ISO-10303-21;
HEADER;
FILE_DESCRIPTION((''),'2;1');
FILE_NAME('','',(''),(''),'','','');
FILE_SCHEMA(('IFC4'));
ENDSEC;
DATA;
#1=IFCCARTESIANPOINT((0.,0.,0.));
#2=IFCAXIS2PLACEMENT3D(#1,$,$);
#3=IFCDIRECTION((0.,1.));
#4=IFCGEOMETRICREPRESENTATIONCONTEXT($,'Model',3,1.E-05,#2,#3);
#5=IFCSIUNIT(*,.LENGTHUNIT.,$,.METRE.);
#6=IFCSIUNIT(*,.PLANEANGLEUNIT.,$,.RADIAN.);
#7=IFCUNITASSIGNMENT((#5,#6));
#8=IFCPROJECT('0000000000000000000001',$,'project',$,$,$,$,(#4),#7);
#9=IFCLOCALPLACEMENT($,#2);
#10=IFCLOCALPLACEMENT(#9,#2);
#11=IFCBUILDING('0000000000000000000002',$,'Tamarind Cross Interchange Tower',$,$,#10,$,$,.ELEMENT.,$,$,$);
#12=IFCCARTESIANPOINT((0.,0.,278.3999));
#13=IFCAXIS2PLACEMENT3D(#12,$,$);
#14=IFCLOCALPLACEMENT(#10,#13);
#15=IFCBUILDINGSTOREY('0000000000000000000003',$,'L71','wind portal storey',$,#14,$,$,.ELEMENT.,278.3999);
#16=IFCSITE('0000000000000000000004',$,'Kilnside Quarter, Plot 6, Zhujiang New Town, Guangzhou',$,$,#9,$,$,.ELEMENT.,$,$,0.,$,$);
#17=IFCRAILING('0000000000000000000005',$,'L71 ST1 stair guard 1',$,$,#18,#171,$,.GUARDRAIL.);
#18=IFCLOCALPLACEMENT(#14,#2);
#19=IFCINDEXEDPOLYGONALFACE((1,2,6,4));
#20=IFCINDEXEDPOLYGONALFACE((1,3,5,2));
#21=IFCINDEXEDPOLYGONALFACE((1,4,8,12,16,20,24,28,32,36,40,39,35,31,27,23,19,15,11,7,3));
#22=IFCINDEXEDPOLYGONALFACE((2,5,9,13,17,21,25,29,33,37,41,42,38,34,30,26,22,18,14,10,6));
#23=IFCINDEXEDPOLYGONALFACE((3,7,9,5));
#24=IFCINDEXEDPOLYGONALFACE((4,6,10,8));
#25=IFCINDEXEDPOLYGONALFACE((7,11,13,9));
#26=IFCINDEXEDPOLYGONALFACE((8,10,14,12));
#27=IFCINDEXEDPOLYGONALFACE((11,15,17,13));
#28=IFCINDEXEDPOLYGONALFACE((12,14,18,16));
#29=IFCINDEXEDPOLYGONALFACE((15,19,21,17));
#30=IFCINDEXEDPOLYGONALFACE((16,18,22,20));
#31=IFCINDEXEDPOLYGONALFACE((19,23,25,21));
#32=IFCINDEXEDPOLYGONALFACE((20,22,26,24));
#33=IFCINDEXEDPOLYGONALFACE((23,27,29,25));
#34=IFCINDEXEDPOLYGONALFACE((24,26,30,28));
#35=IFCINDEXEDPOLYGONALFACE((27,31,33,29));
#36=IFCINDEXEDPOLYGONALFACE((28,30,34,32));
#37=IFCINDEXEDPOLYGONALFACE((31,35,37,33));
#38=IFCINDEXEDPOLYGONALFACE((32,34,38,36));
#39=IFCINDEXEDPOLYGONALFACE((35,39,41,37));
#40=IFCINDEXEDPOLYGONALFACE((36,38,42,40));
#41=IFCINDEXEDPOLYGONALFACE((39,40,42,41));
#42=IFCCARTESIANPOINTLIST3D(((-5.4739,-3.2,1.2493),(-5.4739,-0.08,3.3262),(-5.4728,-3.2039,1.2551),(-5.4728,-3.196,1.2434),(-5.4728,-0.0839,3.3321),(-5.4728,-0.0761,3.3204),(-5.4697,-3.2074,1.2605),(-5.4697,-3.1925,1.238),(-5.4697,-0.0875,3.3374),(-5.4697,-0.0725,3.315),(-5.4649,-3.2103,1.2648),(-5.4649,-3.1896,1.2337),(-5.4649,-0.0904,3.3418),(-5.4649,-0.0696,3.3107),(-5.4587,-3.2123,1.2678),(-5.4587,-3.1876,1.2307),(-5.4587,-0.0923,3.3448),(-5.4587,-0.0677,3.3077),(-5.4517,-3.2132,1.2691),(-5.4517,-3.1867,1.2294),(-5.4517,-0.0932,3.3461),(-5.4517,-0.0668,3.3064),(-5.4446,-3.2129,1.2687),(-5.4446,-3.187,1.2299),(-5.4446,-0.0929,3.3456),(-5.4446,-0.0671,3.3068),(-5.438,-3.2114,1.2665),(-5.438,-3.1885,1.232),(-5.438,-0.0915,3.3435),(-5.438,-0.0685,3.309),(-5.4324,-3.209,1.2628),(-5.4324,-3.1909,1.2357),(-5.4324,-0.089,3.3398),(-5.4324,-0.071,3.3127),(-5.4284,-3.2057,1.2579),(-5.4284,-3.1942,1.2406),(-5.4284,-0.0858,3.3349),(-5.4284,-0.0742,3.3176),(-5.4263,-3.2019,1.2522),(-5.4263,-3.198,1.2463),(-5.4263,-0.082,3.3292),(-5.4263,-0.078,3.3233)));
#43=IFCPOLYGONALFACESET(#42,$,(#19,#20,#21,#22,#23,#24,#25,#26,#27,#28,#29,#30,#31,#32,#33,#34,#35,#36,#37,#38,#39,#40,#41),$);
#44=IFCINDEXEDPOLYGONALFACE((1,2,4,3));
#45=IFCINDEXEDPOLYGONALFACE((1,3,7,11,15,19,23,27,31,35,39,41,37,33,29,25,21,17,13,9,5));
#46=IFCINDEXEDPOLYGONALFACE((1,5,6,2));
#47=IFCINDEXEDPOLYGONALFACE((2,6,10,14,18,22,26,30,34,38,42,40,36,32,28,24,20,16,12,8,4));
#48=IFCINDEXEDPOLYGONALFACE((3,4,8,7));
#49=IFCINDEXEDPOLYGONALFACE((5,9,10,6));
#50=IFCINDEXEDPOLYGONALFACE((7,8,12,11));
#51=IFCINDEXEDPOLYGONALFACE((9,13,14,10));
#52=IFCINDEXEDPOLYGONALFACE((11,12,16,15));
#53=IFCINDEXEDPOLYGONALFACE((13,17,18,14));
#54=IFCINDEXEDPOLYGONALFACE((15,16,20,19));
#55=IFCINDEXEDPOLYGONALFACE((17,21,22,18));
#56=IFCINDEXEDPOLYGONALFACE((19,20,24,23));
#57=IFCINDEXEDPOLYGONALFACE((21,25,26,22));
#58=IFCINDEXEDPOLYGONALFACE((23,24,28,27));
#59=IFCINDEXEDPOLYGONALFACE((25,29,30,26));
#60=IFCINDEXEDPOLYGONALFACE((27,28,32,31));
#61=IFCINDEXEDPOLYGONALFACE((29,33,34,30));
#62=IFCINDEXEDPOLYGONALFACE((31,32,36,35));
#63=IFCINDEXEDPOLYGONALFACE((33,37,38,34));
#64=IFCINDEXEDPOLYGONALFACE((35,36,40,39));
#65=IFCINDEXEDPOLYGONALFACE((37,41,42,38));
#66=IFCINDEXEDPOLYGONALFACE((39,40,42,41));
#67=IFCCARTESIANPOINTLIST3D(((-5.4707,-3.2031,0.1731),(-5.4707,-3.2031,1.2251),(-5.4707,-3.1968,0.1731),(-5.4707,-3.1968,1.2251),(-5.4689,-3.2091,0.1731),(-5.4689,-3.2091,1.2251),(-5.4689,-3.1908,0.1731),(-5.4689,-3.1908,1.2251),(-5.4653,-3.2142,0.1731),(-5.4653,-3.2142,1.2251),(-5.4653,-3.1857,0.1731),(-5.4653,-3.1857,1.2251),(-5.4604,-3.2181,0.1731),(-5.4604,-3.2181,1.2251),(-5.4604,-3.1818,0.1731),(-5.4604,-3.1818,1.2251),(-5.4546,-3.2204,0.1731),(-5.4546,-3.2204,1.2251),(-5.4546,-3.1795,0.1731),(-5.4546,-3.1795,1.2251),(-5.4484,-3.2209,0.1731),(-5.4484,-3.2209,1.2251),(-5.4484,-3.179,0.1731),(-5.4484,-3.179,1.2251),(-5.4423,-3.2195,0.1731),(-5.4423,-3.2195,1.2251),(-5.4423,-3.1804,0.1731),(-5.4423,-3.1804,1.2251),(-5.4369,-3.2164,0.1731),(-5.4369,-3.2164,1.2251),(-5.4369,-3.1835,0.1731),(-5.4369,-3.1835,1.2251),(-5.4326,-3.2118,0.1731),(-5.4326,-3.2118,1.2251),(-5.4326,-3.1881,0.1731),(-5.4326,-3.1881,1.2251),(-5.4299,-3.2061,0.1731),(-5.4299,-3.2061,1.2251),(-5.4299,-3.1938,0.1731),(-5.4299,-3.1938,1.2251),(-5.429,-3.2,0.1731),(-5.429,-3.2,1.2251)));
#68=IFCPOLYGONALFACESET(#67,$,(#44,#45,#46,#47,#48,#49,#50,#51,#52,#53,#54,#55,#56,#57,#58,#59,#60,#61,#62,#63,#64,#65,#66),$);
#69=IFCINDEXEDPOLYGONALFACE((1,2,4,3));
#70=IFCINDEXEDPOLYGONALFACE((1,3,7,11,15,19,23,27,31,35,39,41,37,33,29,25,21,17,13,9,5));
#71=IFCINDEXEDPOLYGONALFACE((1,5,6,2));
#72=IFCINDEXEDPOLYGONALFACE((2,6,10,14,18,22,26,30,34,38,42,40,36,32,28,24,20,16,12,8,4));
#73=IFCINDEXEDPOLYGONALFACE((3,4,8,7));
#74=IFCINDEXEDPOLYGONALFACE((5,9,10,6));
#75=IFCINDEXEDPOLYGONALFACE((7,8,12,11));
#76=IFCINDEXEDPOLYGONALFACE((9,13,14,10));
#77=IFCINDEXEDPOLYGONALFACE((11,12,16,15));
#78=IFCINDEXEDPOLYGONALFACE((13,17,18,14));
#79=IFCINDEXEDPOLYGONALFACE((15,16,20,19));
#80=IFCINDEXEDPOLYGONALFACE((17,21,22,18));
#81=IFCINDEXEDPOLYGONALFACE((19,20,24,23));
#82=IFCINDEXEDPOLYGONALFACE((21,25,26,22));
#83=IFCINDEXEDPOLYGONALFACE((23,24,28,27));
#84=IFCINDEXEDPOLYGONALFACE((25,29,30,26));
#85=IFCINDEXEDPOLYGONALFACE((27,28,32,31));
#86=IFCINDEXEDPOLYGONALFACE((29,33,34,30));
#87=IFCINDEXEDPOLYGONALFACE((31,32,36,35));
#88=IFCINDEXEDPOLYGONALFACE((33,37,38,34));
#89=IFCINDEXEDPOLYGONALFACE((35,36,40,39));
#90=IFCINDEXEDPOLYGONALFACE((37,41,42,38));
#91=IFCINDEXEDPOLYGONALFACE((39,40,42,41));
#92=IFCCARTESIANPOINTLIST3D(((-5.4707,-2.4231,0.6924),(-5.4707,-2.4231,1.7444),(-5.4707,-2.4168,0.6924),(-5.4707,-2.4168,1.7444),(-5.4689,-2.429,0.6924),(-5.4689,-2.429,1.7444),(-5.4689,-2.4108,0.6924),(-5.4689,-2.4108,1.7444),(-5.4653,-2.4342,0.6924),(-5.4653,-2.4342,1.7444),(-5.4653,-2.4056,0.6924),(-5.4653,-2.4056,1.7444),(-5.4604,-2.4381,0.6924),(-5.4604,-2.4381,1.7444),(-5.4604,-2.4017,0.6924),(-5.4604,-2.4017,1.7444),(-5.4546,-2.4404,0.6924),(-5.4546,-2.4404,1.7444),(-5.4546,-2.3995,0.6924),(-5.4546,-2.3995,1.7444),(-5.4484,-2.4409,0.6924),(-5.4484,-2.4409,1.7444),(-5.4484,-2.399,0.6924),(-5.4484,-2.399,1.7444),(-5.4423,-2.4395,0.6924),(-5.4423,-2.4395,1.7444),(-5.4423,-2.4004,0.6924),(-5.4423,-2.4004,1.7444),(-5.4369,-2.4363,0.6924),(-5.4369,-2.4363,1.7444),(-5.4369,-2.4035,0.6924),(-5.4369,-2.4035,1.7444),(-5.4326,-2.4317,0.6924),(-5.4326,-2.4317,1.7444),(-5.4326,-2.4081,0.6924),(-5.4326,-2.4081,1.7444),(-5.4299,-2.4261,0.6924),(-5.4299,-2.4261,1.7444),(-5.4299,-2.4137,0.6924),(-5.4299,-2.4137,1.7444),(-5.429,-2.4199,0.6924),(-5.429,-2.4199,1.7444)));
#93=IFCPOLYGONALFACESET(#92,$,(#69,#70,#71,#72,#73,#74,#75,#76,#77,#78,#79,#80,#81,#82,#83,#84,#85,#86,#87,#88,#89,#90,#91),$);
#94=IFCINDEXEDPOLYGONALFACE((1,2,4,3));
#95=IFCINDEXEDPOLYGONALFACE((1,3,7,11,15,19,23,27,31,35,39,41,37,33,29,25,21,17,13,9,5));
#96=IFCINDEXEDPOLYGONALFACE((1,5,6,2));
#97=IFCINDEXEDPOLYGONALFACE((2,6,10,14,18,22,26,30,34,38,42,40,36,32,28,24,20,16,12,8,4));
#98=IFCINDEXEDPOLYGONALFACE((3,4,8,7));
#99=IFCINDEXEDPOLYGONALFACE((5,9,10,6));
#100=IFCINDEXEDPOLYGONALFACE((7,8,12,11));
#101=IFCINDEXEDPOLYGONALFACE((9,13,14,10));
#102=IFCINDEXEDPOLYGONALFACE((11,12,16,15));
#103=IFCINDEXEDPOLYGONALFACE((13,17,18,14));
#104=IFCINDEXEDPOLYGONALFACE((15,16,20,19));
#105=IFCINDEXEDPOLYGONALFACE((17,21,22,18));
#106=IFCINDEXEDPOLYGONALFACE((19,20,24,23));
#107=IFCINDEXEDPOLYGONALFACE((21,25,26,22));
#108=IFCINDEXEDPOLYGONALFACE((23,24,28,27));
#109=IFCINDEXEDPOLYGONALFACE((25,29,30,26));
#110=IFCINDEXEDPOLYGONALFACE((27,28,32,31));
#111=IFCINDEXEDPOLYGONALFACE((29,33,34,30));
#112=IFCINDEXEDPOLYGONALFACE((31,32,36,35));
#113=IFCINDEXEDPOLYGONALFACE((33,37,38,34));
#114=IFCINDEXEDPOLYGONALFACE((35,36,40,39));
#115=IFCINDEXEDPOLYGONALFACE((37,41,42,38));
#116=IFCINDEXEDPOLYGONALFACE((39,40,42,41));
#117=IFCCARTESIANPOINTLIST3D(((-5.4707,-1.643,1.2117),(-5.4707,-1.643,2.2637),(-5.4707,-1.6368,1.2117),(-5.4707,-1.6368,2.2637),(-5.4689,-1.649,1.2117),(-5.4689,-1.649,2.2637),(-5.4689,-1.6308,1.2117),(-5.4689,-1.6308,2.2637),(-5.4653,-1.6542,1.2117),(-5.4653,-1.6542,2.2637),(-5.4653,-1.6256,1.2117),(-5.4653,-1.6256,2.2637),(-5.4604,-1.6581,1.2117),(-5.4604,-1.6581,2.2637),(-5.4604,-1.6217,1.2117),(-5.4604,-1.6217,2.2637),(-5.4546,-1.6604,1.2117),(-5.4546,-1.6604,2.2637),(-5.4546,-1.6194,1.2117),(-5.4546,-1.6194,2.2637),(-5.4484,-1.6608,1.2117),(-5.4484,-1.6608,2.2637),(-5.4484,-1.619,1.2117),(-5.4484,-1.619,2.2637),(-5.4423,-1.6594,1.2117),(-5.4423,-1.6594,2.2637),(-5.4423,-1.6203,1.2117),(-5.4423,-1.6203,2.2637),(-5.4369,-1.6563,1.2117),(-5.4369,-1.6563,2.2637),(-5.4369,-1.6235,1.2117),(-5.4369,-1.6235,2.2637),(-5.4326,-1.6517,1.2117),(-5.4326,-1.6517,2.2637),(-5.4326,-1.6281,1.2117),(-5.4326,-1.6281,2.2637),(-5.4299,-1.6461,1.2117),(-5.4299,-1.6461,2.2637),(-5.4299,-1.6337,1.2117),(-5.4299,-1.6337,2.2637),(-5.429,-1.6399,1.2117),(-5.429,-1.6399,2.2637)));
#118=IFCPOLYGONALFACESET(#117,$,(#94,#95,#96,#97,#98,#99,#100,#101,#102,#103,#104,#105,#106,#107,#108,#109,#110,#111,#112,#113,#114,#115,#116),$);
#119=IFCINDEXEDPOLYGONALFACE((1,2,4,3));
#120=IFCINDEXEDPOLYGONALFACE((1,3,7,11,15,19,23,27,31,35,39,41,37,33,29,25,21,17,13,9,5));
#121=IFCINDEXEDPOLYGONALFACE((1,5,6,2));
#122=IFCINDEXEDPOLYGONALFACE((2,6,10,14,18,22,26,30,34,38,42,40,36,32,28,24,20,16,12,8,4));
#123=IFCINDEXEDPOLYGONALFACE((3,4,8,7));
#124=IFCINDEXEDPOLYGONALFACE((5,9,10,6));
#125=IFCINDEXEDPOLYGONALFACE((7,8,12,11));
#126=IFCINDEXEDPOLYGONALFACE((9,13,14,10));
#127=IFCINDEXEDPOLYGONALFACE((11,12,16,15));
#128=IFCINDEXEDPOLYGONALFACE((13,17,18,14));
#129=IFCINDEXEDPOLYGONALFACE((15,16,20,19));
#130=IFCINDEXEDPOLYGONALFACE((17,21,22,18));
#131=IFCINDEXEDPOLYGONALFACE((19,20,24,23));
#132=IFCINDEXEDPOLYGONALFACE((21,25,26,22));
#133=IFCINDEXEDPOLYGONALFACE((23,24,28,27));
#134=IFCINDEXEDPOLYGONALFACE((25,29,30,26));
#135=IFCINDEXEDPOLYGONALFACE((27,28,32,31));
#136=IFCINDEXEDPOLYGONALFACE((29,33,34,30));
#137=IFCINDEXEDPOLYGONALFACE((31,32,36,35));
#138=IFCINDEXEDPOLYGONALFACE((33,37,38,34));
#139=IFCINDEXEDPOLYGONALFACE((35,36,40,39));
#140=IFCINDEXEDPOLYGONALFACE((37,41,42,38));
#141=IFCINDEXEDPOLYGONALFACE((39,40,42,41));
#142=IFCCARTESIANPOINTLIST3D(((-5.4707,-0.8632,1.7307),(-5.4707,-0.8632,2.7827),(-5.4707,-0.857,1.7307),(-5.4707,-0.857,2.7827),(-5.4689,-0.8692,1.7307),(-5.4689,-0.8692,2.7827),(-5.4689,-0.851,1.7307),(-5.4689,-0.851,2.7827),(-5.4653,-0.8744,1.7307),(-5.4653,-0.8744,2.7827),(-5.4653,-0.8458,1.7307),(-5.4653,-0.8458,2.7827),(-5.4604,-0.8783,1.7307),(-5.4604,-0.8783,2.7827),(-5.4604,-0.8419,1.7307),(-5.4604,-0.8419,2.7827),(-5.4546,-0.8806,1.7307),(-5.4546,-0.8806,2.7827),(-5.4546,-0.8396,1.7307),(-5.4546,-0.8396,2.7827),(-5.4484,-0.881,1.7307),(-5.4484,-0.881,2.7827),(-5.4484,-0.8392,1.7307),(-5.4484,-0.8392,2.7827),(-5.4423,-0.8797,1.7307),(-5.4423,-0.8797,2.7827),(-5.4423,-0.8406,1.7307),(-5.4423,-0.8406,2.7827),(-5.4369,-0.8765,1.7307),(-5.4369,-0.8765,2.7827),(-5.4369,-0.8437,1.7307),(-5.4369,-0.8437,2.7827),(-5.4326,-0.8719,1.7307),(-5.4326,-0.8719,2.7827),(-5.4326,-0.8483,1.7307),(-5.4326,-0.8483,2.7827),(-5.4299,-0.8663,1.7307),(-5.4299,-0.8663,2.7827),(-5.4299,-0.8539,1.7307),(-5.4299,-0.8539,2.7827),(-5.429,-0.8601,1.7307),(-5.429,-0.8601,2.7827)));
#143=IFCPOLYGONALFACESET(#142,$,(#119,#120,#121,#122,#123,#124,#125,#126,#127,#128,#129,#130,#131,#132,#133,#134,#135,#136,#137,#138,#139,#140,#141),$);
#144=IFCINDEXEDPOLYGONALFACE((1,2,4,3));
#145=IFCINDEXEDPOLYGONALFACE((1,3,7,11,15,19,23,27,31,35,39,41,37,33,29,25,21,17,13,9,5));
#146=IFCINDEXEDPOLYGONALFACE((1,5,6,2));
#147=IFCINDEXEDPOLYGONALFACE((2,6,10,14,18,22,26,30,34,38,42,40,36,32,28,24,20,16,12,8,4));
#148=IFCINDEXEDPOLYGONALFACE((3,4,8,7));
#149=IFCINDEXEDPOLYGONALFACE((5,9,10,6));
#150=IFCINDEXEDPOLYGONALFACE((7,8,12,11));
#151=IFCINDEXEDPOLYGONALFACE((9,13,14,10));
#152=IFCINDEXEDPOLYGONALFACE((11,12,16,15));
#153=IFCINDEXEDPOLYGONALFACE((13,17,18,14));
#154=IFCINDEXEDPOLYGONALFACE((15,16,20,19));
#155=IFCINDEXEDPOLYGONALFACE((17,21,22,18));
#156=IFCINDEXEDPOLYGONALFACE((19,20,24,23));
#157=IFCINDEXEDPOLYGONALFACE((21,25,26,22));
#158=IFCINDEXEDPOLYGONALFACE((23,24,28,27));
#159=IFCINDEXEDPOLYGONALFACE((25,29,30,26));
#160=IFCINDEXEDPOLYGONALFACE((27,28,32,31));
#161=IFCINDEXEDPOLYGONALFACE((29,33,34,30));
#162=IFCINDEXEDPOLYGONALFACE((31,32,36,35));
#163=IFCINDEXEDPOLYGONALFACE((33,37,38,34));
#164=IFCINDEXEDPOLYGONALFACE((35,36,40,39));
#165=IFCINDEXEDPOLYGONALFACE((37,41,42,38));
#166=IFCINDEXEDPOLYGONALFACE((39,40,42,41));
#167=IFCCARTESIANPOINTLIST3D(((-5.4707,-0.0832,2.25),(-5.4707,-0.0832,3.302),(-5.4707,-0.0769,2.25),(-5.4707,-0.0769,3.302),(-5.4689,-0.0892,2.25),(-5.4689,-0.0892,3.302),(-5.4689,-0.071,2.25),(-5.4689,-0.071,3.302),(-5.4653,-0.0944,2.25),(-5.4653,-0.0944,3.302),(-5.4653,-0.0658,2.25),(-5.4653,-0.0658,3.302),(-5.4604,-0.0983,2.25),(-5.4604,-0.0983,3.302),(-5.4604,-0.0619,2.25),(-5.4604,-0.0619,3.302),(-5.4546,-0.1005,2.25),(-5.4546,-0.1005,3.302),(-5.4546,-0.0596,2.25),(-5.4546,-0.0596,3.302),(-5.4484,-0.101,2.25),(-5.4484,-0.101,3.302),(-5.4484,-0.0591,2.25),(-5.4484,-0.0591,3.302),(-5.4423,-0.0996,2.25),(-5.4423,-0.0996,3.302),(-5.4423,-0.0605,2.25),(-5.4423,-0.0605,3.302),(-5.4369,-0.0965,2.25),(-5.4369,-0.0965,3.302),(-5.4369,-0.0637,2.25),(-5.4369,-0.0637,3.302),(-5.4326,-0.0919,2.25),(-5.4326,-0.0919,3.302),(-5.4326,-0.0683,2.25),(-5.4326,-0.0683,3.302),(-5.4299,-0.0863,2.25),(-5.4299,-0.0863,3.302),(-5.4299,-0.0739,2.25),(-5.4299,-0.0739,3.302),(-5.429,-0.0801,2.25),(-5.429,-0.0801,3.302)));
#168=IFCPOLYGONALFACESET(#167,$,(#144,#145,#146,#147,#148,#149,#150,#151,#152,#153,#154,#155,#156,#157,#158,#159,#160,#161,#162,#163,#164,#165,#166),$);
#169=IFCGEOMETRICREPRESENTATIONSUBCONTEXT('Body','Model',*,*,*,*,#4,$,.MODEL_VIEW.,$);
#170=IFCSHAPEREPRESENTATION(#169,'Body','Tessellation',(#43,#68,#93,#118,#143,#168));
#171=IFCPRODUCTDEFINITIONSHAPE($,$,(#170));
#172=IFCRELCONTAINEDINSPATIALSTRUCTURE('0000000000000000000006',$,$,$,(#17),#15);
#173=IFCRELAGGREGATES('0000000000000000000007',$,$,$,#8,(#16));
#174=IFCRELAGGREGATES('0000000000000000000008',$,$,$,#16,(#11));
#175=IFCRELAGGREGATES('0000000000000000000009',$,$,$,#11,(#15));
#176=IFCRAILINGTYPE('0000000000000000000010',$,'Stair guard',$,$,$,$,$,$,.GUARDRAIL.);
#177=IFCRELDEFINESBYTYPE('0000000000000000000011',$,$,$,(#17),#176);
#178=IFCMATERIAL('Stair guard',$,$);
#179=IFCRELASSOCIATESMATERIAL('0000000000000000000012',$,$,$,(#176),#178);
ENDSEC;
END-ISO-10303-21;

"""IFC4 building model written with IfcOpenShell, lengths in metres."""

from ifc_helpers import new_model, si_unit, direction, frame, origin, origin_2d, place, context, subcontext, project, spatial, circle, extrude, material, type_object, element, save


model = new_model("IFC4")

# Units and contexts
model_context = context("Model", 3, precision=1e-05, world=origin(), true_north=direction((0.0, 1.0)))
body_context = subcontext(model_context, "Body", "Model", "MODEL_VIEW")
ifc_project = project(units=[si_unit("LENGTHUNIT", "METRE"), si_unit("PLANEANGLEUNIT", "RADIAN")], contexts=[model_context])

# Site, building, storey
site_placement = place(None, origin())
site = spatial("IfcSite", under=ifc_project, at=site_placement, Name="Kilnside Quarter, Plot 6, Zhujiang New Town, Guangzhou", CompositionType="ELEMENT", RefElevation=0.0)
building_placement = place(site_placement, origin())
building = spatial("IfcBuilding", under=site, at=building_placement, Name="Tamarind Cross Interchange Tower", CompositionType="ELEMENT")
storey_placement = place(building_placement, frame((0.0, 0.0, 278.3999)))
storey = spatial("IfcBuildingStorey", under=building, at=storey_placement, Name="L71", Description="wind portal storey", CompositionType="ELEMENT", Elevation=278.3999)

# Railing
ifc_material_1 = material(Name="Stair guard")
railing_type_1 = type_object("IfcRailingType", Name="Stair guard", PredefinedType="GUARDRAIL", material=ifc_material_1)
railing_1_placement = place(storey_placement, frame((-5.45, -3.2, 0.1731)))
element("IfcRailing", 1, at=railing_1_placement, inside=storey, type_object=railing_type_1, Name="L71 ST1 stair guard 1", PredefinedType="GUARDRAIL", context=body_context, shape_type="SweptSolid", body=[
    extrude(circle(Radius=0.0239, at=origin_2d()), frame((0.0, 0.0, 1.0762), z_axis=(0.0, 0.832421, 0.554144), x_axis=(-1.0, 0.0, 0.0)), (0.0, 0.0, 1.0), 3.748),
    extrude(circle(Radius=0.021, at=origin_2d()), origin(), (0.0, 0.0, 1.0), 1.052),
    extrude(circle(Radius=0.021, at=origin_2d()), frame((0.0, 0.78, 0.5193)), (0.0, 0.0, 1.0), 1.052),
    extrude(circle(Radius=0.021, at=origin_2d()), frame((0.0, 1.5601, 1.0386)), (0.0, 0.0, 1.0), 1.052),
    extrude(circle(Radius=0.021, at=origin_2d()), frame((0.0, 2.3398, 1.5576)), (0.0, 0.0, 1.0), 1.052),
    extrude(circle(Radius=0.021, at=origin_2d()), frame((0.0, 3.1199, 2.0769)), (0.0, 0.0, 1.0), 1.052),
])

save(model, "model.ifc")
